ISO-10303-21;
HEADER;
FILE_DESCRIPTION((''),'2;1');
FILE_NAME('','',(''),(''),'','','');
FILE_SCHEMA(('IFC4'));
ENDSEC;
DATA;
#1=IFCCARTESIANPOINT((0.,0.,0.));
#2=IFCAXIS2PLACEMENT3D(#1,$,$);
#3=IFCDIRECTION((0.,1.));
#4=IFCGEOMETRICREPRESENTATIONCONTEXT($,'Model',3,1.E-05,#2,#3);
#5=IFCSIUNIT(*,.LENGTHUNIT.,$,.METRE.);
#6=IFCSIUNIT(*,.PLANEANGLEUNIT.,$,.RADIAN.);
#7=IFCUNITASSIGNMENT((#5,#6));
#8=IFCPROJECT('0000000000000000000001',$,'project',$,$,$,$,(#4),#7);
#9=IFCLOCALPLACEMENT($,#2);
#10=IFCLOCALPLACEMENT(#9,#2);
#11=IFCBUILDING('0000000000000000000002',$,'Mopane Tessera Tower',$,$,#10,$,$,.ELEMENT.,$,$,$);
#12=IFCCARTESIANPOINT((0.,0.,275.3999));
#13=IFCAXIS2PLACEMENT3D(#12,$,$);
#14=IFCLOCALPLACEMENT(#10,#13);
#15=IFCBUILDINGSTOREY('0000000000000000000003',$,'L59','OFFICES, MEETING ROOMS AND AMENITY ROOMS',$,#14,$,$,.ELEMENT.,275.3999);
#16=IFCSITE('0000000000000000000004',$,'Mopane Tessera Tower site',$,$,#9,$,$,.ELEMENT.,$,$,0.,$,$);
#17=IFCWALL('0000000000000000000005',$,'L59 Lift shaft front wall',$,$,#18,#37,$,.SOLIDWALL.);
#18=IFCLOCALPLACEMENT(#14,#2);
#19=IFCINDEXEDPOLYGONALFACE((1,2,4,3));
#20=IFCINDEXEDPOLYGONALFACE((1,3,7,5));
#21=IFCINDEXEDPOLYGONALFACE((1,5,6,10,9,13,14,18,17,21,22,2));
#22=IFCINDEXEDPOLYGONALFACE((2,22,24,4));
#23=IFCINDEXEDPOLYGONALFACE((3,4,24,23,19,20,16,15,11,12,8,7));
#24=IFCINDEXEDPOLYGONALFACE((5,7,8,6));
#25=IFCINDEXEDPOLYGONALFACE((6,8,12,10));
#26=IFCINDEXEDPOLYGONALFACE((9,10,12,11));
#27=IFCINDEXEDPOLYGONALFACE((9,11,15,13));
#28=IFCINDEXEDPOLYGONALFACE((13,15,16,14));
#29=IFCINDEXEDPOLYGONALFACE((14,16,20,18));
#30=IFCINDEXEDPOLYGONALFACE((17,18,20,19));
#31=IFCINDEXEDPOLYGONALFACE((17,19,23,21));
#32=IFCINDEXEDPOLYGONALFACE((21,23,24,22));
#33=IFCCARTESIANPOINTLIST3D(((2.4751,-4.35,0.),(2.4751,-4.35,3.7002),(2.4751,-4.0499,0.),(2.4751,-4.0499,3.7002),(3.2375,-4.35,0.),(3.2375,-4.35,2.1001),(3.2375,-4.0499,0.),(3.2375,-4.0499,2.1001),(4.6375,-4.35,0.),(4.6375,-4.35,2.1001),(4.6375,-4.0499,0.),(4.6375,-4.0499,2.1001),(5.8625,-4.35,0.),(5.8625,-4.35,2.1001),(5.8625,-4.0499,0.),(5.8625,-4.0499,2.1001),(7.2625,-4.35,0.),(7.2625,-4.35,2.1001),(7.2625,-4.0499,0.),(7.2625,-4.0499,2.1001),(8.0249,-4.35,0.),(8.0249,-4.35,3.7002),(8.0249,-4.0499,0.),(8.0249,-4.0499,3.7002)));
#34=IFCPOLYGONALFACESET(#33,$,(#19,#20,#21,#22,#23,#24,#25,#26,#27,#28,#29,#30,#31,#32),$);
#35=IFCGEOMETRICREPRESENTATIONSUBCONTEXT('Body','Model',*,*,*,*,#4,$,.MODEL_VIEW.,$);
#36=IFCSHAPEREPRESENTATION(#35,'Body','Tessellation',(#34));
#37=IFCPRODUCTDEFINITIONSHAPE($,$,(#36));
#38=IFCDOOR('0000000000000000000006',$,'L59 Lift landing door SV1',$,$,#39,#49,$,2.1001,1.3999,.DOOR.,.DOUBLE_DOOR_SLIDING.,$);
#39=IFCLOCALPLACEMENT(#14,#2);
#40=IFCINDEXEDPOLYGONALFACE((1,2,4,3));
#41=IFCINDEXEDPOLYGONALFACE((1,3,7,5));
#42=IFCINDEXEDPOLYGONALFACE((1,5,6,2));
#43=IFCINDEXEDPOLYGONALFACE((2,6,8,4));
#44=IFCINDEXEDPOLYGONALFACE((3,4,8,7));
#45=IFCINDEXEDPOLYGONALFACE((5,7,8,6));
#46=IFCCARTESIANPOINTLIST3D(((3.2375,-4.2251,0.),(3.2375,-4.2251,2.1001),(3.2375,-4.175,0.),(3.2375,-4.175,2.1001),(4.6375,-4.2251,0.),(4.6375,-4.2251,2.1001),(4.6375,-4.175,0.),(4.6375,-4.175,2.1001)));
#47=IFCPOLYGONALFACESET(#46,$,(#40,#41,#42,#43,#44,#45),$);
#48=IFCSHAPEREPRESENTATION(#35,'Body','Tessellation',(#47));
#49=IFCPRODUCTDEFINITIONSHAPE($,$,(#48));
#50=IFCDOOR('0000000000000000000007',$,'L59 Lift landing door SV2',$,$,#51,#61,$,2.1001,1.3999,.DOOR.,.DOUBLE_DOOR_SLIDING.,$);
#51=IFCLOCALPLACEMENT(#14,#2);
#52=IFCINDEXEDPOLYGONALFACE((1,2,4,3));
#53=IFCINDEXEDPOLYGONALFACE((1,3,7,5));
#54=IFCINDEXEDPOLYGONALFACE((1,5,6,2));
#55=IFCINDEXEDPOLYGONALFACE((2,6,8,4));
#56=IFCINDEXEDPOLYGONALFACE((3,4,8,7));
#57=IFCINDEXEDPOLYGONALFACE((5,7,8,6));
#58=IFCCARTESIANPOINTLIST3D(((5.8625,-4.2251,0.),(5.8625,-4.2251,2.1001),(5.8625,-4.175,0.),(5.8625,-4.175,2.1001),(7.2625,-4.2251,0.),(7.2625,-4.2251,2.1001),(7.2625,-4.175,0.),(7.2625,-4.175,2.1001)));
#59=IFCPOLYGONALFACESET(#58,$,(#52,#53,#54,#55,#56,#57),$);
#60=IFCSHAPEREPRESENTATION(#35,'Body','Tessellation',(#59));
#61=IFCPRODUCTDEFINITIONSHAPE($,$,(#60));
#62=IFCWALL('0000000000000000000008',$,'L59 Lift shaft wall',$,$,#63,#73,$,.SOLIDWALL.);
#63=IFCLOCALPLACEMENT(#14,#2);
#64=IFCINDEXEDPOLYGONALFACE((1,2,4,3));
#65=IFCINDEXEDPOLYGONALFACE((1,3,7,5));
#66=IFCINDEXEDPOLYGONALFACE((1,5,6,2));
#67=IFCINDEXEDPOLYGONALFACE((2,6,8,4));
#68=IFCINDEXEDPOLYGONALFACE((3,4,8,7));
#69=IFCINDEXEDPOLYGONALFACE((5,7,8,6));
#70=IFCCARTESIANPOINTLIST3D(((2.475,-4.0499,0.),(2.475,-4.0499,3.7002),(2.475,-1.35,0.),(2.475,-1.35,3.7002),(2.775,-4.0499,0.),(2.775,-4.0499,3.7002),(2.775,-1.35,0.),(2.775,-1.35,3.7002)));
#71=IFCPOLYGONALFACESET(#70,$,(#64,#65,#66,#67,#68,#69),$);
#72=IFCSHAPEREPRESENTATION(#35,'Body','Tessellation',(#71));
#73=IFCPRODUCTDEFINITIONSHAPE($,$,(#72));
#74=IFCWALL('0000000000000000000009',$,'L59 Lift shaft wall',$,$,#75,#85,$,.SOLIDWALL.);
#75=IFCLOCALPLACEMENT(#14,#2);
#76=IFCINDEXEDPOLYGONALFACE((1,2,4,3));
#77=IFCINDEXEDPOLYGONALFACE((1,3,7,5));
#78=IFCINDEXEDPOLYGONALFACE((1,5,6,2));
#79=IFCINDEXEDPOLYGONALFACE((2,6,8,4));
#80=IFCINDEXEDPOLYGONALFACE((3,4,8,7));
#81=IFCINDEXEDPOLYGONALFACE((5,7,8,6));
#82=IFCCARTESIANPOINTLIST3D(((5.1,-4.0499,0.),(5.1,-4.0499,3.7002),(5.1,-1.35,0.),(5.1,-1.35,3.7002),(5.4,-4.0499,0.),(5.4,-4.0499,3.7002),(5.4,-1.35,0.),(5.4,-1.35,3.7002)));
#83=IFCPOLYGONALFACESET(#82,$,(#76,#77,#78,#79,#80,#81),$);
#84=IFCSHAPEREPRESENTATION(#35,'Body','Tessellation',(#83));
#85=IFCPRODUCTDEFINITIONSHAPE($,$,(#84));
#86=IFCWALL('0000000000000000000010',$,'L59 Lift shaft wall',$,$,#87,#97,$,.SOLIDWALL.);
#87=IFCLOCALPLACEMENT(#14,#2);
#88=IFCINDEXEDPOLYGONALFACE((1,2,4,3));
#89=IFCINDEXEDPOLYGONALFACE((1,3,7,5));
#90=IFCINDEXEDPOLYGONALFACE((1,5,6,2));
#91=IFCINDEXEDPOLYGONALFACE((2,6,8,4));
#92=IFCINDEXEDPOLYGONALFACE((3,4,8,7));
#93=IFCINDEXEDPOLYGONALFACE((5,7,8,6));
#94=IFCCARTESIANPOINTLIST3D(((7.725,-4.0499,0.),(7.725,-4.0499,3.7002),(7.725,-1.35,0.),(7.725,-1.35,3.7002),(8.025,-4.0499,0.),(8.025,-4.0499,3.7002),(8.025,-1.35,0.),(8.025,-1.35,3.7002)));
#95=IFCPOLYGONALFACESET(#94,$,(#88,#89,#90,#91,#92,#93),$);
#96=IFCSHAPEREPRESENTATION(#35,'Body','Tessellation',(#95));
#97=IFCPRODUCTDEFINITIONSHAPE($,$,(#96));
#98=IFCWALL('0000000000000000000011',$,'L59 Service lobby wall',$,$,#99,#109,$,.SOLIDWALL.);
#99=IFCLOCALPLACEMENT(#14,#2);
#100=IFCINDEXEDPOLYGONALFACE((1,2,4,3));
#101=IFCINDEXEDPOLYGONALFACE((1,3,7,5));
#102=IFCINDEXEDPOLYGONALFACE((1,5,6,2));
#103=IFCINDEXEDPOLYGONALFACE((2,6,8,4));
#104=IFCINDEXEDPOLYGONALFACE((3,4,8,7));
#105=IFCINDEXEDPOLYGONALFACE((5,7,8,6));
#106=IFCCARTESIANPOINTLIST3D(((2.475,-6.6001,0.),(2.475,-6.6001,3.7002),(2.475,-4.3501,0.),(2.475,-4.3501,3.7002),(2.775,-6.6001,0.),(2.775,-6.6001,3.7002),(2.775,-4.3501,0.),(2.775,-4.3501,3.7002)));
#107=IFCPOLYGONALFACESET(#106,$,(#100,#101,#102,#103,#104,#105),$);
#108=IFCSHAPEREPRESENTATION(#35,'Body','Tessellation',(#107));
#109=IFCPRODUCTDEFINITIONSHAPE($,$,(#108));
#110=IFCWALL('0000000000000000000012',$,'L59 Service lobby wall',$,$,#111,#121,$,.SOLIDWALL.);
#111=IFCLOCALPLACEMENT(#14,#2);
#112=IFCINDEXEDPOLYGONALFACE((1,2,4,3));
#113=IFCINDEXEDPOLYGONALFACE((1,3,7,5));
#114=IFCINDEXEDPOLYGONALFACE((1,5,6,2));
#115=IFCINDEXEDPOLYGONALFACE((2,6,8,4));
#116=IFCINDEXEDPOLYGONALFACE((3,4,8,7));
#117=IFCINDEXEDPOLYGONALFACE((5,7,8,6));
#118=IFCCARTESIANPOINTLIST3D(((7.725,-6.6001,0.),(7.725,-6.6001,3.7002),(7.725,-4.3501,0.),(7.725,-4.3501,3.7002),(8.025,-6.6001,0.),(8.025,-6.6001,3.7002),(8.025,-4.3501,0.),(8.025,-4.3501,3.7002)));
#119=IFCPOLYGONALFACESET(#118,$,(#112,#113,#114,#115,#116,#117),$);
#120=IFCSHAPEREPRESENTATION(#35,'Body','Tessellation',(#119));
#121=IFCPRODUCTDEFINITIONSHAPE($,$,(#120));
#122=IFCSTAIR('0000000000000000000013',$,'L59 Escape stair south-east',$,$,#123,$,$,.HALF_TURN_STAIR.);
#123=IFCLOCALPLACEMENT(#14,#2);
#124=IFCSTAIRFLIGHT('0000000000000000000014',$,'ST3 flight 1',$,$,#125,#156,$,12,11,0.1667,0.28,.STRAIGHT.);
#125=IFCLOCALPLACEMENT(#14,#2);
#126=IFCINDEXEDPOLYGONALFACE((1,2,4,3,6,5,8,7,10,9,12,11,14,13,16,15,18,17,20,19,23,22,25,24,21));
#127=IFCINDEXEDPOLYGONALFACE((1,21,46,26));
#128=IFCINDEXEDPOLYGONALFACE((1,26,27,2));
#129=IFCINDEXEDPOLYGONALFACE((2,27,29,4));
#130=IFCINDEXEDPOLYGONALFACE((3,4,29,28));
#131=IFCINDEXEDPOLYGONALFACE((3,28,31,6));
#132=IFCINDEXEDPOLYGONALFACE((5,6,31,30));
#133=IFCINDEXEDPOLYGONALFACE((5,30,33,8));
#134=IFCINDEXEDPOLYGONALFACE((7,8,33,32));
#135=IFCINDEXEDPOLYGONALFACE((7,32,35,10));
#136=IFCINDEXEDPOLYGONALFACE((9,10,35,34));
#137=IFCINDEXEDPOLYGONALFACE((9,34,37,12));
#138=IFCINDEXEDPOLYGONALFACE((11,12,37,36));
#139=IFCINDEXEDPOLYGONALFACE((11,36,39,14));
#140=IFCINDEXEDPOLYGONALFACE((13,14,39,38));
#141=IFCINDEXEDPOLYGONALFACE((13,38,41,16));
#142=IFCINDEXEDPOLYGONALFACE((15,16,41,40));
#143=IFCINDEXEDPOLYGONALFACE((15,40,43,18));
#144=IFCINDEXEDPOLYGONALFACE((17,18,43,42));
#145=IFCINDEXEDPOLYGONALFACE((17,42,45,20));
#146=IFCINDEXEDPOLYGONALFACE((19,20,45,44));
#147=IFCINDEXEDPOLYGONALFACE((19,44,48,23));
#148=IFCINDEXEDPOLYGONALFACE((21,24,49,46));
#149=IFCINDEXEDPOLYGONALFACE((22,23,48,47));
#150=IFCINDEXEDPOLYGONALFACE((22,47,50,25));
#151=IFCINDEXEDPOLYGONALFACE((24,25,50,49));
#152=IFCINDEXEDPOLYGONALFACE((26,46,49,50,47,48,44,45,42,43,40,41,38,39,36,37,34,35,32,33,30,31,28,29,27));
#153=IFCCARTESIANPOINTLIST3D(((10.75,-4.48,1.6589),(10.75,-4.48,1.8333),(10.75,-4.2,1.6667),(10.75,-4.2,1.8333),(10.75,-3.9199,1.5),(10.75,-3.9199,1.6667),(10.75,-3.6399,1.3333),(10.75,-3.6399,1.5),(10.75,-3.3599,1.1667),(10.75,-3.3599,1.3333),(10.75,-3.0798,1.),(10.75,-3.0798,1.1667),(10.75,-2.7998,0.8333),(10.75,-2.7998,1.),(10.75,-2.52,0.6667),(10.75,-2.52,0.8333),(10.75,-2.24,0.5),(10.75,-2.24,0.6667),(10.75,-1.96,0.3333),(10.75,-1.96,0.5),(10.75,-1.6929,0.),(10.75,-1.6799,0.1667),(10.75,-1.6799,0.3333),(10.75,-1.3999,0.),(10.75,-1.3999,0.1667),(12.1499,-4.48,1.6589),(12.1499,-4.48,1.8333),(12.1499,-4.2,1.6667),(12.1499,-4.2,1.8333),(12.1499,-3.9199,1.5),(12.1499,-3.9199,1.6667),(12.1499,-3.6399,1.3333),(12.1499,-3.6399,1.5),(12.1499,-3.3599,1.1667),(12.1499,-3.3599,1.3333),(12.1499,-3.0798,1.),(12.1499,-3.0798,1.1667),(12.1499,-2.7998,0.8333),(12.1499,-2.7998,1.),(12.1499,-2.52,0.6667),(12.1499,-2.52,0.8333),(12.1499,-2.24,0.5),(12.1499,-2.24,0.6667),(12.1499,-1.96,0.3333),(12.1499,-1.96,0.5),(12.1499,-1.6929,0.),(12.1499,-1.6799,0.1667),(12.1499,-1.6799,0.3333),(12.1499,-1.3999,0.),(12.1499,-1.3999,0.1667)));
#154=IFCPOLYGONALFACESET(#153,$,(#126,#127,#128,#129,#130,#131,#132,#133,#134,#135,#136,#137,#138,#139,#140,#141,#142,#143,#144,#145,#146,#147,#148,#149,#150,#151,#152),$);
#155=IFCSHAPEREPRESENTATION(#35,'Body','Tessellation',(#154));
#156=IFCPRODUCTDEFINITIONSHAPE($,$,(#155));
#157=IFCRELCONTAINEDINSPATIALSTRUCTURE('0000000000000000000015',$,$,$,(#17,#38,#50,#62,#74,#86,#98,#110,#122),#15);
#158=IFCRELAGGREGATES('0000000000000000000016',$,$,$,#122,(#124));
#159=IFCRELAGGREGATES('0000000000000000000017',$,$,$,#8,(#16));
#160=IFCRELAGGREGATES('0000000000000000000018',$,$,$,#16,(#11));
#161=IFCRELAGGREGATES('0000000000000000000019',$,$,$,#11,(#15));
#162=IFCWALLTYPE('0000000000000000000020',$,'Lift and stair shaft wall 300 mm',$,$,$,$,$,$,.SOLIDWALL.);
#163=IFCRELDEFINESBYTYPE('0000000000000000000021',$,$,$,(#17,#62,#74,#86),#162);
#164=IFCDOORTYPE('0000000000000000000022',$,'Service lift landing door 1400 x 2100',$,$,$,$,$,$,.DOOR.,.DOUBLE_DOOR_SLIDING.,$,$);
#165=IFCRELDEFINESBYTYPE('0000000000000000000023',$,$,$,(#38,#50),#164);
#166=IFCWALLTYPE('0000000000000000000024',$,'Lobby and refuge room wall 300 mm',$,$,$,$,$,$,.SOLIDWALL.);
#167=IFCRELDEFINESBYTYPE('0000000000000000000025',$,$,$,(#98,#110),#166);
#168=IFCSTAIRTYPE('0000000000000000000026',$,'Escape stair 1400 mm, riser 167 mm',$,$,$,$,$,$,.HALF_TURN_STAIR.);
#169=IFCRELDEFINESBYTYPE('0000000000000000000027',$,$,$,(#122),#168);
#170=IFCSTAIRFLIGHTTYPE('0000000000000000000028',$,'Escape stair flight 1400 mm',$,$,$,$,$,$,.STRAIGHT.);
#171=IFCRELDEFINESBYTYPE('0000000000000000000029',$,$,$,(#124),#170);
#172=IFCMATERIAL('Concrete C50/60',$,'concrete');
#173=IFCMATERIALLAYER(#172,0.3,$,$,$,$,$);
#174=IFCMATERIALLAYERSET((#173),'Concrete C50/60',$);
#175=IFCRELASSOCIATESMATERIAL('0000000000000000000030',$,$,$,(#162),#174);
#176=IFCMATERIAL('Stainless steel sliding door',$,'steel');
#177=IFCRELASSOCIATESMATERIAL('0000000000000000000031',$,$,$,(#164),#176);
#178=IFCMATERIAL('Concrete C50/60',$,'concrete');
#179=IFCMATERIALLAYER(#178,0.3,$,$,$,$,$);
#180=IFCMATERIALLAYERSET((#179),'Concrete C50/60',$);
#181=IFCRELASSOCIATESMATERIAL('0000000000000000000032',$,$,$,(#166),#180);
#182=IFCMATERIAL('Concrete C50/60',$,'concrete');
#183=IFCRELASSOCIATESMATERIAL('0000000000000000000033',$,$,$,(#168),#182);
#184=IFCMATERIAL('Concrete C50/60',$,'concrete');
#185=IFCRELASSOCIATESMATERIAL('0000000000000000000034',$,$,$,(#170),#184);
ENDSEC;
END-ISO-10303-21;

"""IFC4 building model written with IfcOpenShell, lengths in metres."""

from ifc_helpers import new_model, si_unit, direction, frame, frame_2d, origin, place, context, subcontext, project, spatial, polyline, rectangle, outline, extrude, material, layer, layer_set, type_object, element, fill, aggregate, save


model = new_model("IFC4")

# Units and contexts
model_context = context("Model", 3, precision=1e-05, world=origin(), true_north=direction((0.0, 1.0)))
body_context = subcontext(model_context, "Body", "Model", "MODEL_VIEW")
ifc_project = project(units=[si_unit("LENGTHUNIT", "METRE"), si_unit("PLANEANGLEUNIT", "RADIAN")], contexts=[model_context])

# Site, building, storey
site_placement = place(None, origin())
site = spatial("IfcSite", under=ifc_project, at=site_placement, Name="Mopane Tessera Tower site", CompositionType="ELEMENT", RefElevation=0.0)
building_placement = place(site_placement, origin())
building = spatial("IfcBuilding", under=site, at=building_placement, Name="Mopane Tessera Tower", CompositionType="ELEMENT")
storey_placement = place(building_placement, frame((0.0, 0.0, 275.3999)))
storey = spatial("IfcBuildingStorey", under=building, at=storey_placement, Name="L59", Description="OFFICES, MEETING ROOMS AND AMENITY ROOMS", CompositionType="ELEMENT", Elevation=275.3999)

# Wall, openings, doors
ifc_material_1 = material(Name="Concrete C50/60", Category="concrete")
ifc_layer_1 = layer(ifc_material_1, 0.3)
ifc_layer_set_1 = layer_set([ifc_layer_1], Name="Concrete C50/60")
wall_type_1 = type_object("IfcWallType", Name="Lift and stair shaft wall 300 mm", PredefinedType="SOLIDWALL", material=ifc_layer_set_1)
wall_1_placement = place(storey_placement, frame((2.4751, -4.2, 0.0), z_axis=(0.0, 0.0, 1.0), x_axis=(1.0, 0.0, 0.0)))
wall_1 = element("IfcWall", 1, at=wall_1_placement, inside=storey, type_object=wall_type_1, Name="L59 Lift shaft front wall", PredefinedType="SOLIDWALL", context=body_context, shape_type="SweptSolid", body=[
    extrude(rectangle(XDim=5.5498, YDim=0.3, at=frame_2d((2.7749, 0.0))), origin(), (0.0, 0.0, 1.0), 3.7002),
])
opening_1_placement = place(wall_1_placement, frame((0.7625, 0.0, 0.0)))
opening_1 = element("IfcOpeningElement", 2, at=opening_1_placement, cuts=wall_1, PredefinedType="OPENING", context=body_context, shape_type="SweptSolid", body=[
    extrude(rectangle(XDim=1.3999, YDim=2.1001, at=frame_2d((0.7, 1.05))), frame((0.0, 0.1621, 0.0), z_axis=(0.0, -1.0, 0.0), x_axis=(1.0, 0.0, 0.0)), (0.0, 0.0, 1.0), 0.324),
])
opening_2_placement = place(wall_1_placement, frame((3.3875, 0.0, 0.0)))
opening_2 = element("IfcOpeningElement", 3, at=opening_2_placement, cuts=wall_1, PredefinedType="OPENING", context=body_context, shape_type="SweptSolid", body=[
    extrude(rectangle(XDim=1.3999, YDim=2.1001, at=frame_2d((0.7, 1.05))), frame((0.0, 0.1621, 0.0), z_axis=(0.0, -1.0, 0.0), x_axis=(1.0, 0.0, 0.0)), (0.0, 0.0, 1.0), 0.324),
])
ifc_material_2 = material(Name="Stainless steel sliding door", Category="steel")
door_type = type_object("IfcDoorType", Name="Service lift landing door 1400 x 2100", OperationType="DOUBLE_DOOR_SLIDING", PredefinedType="DOOR", material=ifc_material_2)
door_1_placement = place(opening_1_placement, origin())
door_1 = element("IfcDoor", 4, at=door_1_placement, inside=storey, type_object=door_type, Name="L59 Lift landing door SV1", OperationType="DOUBLE_DOOR_SLIDING", OverallHeight=2.1001, OverallWidth=1.3999, PredefinedType="DOOR", context=body_context, shape_type="SweptSolid", body=[
    extrude(rectangle(XDim=1.3999, YDim=2.1001, at=frame_2d((0.7, 1.05))), frame((0.0, 0.0249, 0.0), z_axis=(0.0, -1.0, 0.0), x_axis=(1.0, 0.0, 0.0)), (0.0, 0.0, 1.0), 0.05),
])
fill(opening_1, door_1)
door_2_placement = place(opening_2_placement, origin())
door_2 = element("IfcDoor", 5, at=door_2_placement, inside=storey, type_object=door_type, Name="L59 Lift landing door SV2", OperationType="DOUBLE_DOOR_SLIDING", OverallHeight=2.1001, OverallWidth=1.3999, PredefinedType="DOOR", context=body_context, shape_type="SweptSolid", body=[
    extrude(rectangle(XDim=1.3999, YDim=2.1001, at=frame_2d((0.7, 1.05))), frame((0.0, 0.0249, 0.0), z_axis=(0.0, -1.0, 0.0), x_axis=(1.0, 0.0, 0.0)), (0.0, 0.0, 1.0), 0.05),
])
fill(opening_2, door_2)

# Walls
for number, where, z_axis, x_axis, name in (
    (6, (2.625, -4.05, 0.0), (0.0, 0.0, 1.0), (0.0, 1.0, 0.0), "L59 Lift shaft wall"),
    (7, (5.25, -4.05, 0.0), (0.0, 0.0, 1.0), (0.0, 1.0, 0.0), "L59 Lift shaft wall"),
    (8, (7.875, -4.05, 0.0), (0.0, 0.0, 1.0), (0.0, 1.0, 0.0), "L59 Lift shaft wall"),
):
    element("IfcWall", number, at=place(storey_placement, frame(where, z_axis=z_axis, x_axis=x_axis)), inside=storey, type_object=wall_type_1, Name=name, PredefinedType="SOLIDWALL", context=body_context, shape_type="SweptSolid", body=[
        extrude(rectangle(XDim=2.7, YDim=0.3, at=frame_2d((1.3501, 0.0))), origin(), (0.0, 0.0, 1.0), 3.7002),
    ])
ifc_material_3 = material(Name="Concrete C50/60", Category="concrete")
ifc_layer_2 = layer(ifc_material_3, 0.3)
ifc_layer_set_2 = layer_set([ifc_layer_2], Name="Concrete C50/60")
wall_type_2 = type_object("IfcWallType", Name="Lobby and refuge room wall 300 mm", PredefinedType="SOLIDWALL", material=ifc_layer_set_2)
for number, where, z_axis, x_axis, name in (
    (9, (2.625, -6.6001, 0.0), (0.0, 0.0, 1.0), (0.0, 1.0, 0.0), "L59 Service lobby wall"),
    (10, (7.875, -6.6001, 0.0), (0.0, 0.0, 1.0), (0.0, 1.0, 0.0), "L59 Service lobby wall"),
):
    element("IfcWall", number, at=place(storey_placement, frame(where, z_axis=z_axis, x_axis=x_axis)), inside=storey, type_object=wall_type_2, Name=name, PredefinedType="SOLIDWALL", context=body_context, shape_type="SweptSolid", body=[
        extrude(rectangle(XDim=2.25, YDim=0.3, at=frame_2d((1.125, 0.0))), origin(), (0.0, 0.0, 1.0), 3.7002),
    ])

# Stair, stair flight
ifc_material_4 = material(Name="Concrete C50/60", Category="concrete")
stair_type = type_object("IfcStairType", Name="Escape stair 1400 mm, riser 167 mm", PredefinedType="HALF_TURN_STAIR", material=ifc_material_4)
stair_placement = place(storey_placement, origin())
stair = element("IfcStair", 11, at=stair_placement, inside=storey, type_object=stair_type, Name="L59 Escape stair south-east", PredefinedType="HALF_TURN_STAIR")
ifc_material_5 = material(Name="Concrete C50/60", Category="concrete")
stair_flight_type = type_object("IfcStairFlightType", Name="Escape stair flight 1400 mm", PredefinedType="STRAIGHT", material=ifc_material_5)
stair_flight_placement = place(storey_placement, frame((11.45, -1.3999, 0.0), z_axis=(0.0, 0.0, 1.0), x_axis=(0.0, -1.0, 0.0)))
stair_flight = element("IfcStairFlight", 12, at=stair_flight_placement, type_object=stair_flight_type, Name="ST3 flight 1", NumberOfRisers=12, NumberOfTreads=11, PredefinedType="STRAIGHT", RiserHeight=0.1667, TreadLength=0.28, context=body_context, shape_type="SweptSolid", body=[
    extrude(outline(polyline([(0.0, 0.0), (0.0, 0.1667), (0.28, 0.1667), (0.28, 0.3333), (0.5601, 0.3333), (0.5601, 0.5), (0.8401, 0.5), (0.8401, 0.6667), (1.1201, 0.6667), (1.1201, 0.8333), (1.3999, 0.8333), (1.3999, 1.0), (1.6799, 1.0), (1.6799, 1.1667), (1.96, 1.1667), (1.96, 1.3333), (2.24, 1.3333), (2.24, 1.5), (2.52, 1.5), (2.52, 1.6667), (2.8, 1.6667), (2.8, 1.8333), (3.0801, 1.8333), (3.0801, 2.0), (3.0801, 1.6589), (0.293, 0.0), (0.0, 0.0)])), frame((0.0, 0.7, 0.0), z_axis=(0.0, -1.0, 0.0), x_axis=(1.0, 0.0, 0.0)), (0.0, 0.0, 1.0), 1.3999),
])
aggregate(stair, [stair_flight])

save(model, "model.ifc")
